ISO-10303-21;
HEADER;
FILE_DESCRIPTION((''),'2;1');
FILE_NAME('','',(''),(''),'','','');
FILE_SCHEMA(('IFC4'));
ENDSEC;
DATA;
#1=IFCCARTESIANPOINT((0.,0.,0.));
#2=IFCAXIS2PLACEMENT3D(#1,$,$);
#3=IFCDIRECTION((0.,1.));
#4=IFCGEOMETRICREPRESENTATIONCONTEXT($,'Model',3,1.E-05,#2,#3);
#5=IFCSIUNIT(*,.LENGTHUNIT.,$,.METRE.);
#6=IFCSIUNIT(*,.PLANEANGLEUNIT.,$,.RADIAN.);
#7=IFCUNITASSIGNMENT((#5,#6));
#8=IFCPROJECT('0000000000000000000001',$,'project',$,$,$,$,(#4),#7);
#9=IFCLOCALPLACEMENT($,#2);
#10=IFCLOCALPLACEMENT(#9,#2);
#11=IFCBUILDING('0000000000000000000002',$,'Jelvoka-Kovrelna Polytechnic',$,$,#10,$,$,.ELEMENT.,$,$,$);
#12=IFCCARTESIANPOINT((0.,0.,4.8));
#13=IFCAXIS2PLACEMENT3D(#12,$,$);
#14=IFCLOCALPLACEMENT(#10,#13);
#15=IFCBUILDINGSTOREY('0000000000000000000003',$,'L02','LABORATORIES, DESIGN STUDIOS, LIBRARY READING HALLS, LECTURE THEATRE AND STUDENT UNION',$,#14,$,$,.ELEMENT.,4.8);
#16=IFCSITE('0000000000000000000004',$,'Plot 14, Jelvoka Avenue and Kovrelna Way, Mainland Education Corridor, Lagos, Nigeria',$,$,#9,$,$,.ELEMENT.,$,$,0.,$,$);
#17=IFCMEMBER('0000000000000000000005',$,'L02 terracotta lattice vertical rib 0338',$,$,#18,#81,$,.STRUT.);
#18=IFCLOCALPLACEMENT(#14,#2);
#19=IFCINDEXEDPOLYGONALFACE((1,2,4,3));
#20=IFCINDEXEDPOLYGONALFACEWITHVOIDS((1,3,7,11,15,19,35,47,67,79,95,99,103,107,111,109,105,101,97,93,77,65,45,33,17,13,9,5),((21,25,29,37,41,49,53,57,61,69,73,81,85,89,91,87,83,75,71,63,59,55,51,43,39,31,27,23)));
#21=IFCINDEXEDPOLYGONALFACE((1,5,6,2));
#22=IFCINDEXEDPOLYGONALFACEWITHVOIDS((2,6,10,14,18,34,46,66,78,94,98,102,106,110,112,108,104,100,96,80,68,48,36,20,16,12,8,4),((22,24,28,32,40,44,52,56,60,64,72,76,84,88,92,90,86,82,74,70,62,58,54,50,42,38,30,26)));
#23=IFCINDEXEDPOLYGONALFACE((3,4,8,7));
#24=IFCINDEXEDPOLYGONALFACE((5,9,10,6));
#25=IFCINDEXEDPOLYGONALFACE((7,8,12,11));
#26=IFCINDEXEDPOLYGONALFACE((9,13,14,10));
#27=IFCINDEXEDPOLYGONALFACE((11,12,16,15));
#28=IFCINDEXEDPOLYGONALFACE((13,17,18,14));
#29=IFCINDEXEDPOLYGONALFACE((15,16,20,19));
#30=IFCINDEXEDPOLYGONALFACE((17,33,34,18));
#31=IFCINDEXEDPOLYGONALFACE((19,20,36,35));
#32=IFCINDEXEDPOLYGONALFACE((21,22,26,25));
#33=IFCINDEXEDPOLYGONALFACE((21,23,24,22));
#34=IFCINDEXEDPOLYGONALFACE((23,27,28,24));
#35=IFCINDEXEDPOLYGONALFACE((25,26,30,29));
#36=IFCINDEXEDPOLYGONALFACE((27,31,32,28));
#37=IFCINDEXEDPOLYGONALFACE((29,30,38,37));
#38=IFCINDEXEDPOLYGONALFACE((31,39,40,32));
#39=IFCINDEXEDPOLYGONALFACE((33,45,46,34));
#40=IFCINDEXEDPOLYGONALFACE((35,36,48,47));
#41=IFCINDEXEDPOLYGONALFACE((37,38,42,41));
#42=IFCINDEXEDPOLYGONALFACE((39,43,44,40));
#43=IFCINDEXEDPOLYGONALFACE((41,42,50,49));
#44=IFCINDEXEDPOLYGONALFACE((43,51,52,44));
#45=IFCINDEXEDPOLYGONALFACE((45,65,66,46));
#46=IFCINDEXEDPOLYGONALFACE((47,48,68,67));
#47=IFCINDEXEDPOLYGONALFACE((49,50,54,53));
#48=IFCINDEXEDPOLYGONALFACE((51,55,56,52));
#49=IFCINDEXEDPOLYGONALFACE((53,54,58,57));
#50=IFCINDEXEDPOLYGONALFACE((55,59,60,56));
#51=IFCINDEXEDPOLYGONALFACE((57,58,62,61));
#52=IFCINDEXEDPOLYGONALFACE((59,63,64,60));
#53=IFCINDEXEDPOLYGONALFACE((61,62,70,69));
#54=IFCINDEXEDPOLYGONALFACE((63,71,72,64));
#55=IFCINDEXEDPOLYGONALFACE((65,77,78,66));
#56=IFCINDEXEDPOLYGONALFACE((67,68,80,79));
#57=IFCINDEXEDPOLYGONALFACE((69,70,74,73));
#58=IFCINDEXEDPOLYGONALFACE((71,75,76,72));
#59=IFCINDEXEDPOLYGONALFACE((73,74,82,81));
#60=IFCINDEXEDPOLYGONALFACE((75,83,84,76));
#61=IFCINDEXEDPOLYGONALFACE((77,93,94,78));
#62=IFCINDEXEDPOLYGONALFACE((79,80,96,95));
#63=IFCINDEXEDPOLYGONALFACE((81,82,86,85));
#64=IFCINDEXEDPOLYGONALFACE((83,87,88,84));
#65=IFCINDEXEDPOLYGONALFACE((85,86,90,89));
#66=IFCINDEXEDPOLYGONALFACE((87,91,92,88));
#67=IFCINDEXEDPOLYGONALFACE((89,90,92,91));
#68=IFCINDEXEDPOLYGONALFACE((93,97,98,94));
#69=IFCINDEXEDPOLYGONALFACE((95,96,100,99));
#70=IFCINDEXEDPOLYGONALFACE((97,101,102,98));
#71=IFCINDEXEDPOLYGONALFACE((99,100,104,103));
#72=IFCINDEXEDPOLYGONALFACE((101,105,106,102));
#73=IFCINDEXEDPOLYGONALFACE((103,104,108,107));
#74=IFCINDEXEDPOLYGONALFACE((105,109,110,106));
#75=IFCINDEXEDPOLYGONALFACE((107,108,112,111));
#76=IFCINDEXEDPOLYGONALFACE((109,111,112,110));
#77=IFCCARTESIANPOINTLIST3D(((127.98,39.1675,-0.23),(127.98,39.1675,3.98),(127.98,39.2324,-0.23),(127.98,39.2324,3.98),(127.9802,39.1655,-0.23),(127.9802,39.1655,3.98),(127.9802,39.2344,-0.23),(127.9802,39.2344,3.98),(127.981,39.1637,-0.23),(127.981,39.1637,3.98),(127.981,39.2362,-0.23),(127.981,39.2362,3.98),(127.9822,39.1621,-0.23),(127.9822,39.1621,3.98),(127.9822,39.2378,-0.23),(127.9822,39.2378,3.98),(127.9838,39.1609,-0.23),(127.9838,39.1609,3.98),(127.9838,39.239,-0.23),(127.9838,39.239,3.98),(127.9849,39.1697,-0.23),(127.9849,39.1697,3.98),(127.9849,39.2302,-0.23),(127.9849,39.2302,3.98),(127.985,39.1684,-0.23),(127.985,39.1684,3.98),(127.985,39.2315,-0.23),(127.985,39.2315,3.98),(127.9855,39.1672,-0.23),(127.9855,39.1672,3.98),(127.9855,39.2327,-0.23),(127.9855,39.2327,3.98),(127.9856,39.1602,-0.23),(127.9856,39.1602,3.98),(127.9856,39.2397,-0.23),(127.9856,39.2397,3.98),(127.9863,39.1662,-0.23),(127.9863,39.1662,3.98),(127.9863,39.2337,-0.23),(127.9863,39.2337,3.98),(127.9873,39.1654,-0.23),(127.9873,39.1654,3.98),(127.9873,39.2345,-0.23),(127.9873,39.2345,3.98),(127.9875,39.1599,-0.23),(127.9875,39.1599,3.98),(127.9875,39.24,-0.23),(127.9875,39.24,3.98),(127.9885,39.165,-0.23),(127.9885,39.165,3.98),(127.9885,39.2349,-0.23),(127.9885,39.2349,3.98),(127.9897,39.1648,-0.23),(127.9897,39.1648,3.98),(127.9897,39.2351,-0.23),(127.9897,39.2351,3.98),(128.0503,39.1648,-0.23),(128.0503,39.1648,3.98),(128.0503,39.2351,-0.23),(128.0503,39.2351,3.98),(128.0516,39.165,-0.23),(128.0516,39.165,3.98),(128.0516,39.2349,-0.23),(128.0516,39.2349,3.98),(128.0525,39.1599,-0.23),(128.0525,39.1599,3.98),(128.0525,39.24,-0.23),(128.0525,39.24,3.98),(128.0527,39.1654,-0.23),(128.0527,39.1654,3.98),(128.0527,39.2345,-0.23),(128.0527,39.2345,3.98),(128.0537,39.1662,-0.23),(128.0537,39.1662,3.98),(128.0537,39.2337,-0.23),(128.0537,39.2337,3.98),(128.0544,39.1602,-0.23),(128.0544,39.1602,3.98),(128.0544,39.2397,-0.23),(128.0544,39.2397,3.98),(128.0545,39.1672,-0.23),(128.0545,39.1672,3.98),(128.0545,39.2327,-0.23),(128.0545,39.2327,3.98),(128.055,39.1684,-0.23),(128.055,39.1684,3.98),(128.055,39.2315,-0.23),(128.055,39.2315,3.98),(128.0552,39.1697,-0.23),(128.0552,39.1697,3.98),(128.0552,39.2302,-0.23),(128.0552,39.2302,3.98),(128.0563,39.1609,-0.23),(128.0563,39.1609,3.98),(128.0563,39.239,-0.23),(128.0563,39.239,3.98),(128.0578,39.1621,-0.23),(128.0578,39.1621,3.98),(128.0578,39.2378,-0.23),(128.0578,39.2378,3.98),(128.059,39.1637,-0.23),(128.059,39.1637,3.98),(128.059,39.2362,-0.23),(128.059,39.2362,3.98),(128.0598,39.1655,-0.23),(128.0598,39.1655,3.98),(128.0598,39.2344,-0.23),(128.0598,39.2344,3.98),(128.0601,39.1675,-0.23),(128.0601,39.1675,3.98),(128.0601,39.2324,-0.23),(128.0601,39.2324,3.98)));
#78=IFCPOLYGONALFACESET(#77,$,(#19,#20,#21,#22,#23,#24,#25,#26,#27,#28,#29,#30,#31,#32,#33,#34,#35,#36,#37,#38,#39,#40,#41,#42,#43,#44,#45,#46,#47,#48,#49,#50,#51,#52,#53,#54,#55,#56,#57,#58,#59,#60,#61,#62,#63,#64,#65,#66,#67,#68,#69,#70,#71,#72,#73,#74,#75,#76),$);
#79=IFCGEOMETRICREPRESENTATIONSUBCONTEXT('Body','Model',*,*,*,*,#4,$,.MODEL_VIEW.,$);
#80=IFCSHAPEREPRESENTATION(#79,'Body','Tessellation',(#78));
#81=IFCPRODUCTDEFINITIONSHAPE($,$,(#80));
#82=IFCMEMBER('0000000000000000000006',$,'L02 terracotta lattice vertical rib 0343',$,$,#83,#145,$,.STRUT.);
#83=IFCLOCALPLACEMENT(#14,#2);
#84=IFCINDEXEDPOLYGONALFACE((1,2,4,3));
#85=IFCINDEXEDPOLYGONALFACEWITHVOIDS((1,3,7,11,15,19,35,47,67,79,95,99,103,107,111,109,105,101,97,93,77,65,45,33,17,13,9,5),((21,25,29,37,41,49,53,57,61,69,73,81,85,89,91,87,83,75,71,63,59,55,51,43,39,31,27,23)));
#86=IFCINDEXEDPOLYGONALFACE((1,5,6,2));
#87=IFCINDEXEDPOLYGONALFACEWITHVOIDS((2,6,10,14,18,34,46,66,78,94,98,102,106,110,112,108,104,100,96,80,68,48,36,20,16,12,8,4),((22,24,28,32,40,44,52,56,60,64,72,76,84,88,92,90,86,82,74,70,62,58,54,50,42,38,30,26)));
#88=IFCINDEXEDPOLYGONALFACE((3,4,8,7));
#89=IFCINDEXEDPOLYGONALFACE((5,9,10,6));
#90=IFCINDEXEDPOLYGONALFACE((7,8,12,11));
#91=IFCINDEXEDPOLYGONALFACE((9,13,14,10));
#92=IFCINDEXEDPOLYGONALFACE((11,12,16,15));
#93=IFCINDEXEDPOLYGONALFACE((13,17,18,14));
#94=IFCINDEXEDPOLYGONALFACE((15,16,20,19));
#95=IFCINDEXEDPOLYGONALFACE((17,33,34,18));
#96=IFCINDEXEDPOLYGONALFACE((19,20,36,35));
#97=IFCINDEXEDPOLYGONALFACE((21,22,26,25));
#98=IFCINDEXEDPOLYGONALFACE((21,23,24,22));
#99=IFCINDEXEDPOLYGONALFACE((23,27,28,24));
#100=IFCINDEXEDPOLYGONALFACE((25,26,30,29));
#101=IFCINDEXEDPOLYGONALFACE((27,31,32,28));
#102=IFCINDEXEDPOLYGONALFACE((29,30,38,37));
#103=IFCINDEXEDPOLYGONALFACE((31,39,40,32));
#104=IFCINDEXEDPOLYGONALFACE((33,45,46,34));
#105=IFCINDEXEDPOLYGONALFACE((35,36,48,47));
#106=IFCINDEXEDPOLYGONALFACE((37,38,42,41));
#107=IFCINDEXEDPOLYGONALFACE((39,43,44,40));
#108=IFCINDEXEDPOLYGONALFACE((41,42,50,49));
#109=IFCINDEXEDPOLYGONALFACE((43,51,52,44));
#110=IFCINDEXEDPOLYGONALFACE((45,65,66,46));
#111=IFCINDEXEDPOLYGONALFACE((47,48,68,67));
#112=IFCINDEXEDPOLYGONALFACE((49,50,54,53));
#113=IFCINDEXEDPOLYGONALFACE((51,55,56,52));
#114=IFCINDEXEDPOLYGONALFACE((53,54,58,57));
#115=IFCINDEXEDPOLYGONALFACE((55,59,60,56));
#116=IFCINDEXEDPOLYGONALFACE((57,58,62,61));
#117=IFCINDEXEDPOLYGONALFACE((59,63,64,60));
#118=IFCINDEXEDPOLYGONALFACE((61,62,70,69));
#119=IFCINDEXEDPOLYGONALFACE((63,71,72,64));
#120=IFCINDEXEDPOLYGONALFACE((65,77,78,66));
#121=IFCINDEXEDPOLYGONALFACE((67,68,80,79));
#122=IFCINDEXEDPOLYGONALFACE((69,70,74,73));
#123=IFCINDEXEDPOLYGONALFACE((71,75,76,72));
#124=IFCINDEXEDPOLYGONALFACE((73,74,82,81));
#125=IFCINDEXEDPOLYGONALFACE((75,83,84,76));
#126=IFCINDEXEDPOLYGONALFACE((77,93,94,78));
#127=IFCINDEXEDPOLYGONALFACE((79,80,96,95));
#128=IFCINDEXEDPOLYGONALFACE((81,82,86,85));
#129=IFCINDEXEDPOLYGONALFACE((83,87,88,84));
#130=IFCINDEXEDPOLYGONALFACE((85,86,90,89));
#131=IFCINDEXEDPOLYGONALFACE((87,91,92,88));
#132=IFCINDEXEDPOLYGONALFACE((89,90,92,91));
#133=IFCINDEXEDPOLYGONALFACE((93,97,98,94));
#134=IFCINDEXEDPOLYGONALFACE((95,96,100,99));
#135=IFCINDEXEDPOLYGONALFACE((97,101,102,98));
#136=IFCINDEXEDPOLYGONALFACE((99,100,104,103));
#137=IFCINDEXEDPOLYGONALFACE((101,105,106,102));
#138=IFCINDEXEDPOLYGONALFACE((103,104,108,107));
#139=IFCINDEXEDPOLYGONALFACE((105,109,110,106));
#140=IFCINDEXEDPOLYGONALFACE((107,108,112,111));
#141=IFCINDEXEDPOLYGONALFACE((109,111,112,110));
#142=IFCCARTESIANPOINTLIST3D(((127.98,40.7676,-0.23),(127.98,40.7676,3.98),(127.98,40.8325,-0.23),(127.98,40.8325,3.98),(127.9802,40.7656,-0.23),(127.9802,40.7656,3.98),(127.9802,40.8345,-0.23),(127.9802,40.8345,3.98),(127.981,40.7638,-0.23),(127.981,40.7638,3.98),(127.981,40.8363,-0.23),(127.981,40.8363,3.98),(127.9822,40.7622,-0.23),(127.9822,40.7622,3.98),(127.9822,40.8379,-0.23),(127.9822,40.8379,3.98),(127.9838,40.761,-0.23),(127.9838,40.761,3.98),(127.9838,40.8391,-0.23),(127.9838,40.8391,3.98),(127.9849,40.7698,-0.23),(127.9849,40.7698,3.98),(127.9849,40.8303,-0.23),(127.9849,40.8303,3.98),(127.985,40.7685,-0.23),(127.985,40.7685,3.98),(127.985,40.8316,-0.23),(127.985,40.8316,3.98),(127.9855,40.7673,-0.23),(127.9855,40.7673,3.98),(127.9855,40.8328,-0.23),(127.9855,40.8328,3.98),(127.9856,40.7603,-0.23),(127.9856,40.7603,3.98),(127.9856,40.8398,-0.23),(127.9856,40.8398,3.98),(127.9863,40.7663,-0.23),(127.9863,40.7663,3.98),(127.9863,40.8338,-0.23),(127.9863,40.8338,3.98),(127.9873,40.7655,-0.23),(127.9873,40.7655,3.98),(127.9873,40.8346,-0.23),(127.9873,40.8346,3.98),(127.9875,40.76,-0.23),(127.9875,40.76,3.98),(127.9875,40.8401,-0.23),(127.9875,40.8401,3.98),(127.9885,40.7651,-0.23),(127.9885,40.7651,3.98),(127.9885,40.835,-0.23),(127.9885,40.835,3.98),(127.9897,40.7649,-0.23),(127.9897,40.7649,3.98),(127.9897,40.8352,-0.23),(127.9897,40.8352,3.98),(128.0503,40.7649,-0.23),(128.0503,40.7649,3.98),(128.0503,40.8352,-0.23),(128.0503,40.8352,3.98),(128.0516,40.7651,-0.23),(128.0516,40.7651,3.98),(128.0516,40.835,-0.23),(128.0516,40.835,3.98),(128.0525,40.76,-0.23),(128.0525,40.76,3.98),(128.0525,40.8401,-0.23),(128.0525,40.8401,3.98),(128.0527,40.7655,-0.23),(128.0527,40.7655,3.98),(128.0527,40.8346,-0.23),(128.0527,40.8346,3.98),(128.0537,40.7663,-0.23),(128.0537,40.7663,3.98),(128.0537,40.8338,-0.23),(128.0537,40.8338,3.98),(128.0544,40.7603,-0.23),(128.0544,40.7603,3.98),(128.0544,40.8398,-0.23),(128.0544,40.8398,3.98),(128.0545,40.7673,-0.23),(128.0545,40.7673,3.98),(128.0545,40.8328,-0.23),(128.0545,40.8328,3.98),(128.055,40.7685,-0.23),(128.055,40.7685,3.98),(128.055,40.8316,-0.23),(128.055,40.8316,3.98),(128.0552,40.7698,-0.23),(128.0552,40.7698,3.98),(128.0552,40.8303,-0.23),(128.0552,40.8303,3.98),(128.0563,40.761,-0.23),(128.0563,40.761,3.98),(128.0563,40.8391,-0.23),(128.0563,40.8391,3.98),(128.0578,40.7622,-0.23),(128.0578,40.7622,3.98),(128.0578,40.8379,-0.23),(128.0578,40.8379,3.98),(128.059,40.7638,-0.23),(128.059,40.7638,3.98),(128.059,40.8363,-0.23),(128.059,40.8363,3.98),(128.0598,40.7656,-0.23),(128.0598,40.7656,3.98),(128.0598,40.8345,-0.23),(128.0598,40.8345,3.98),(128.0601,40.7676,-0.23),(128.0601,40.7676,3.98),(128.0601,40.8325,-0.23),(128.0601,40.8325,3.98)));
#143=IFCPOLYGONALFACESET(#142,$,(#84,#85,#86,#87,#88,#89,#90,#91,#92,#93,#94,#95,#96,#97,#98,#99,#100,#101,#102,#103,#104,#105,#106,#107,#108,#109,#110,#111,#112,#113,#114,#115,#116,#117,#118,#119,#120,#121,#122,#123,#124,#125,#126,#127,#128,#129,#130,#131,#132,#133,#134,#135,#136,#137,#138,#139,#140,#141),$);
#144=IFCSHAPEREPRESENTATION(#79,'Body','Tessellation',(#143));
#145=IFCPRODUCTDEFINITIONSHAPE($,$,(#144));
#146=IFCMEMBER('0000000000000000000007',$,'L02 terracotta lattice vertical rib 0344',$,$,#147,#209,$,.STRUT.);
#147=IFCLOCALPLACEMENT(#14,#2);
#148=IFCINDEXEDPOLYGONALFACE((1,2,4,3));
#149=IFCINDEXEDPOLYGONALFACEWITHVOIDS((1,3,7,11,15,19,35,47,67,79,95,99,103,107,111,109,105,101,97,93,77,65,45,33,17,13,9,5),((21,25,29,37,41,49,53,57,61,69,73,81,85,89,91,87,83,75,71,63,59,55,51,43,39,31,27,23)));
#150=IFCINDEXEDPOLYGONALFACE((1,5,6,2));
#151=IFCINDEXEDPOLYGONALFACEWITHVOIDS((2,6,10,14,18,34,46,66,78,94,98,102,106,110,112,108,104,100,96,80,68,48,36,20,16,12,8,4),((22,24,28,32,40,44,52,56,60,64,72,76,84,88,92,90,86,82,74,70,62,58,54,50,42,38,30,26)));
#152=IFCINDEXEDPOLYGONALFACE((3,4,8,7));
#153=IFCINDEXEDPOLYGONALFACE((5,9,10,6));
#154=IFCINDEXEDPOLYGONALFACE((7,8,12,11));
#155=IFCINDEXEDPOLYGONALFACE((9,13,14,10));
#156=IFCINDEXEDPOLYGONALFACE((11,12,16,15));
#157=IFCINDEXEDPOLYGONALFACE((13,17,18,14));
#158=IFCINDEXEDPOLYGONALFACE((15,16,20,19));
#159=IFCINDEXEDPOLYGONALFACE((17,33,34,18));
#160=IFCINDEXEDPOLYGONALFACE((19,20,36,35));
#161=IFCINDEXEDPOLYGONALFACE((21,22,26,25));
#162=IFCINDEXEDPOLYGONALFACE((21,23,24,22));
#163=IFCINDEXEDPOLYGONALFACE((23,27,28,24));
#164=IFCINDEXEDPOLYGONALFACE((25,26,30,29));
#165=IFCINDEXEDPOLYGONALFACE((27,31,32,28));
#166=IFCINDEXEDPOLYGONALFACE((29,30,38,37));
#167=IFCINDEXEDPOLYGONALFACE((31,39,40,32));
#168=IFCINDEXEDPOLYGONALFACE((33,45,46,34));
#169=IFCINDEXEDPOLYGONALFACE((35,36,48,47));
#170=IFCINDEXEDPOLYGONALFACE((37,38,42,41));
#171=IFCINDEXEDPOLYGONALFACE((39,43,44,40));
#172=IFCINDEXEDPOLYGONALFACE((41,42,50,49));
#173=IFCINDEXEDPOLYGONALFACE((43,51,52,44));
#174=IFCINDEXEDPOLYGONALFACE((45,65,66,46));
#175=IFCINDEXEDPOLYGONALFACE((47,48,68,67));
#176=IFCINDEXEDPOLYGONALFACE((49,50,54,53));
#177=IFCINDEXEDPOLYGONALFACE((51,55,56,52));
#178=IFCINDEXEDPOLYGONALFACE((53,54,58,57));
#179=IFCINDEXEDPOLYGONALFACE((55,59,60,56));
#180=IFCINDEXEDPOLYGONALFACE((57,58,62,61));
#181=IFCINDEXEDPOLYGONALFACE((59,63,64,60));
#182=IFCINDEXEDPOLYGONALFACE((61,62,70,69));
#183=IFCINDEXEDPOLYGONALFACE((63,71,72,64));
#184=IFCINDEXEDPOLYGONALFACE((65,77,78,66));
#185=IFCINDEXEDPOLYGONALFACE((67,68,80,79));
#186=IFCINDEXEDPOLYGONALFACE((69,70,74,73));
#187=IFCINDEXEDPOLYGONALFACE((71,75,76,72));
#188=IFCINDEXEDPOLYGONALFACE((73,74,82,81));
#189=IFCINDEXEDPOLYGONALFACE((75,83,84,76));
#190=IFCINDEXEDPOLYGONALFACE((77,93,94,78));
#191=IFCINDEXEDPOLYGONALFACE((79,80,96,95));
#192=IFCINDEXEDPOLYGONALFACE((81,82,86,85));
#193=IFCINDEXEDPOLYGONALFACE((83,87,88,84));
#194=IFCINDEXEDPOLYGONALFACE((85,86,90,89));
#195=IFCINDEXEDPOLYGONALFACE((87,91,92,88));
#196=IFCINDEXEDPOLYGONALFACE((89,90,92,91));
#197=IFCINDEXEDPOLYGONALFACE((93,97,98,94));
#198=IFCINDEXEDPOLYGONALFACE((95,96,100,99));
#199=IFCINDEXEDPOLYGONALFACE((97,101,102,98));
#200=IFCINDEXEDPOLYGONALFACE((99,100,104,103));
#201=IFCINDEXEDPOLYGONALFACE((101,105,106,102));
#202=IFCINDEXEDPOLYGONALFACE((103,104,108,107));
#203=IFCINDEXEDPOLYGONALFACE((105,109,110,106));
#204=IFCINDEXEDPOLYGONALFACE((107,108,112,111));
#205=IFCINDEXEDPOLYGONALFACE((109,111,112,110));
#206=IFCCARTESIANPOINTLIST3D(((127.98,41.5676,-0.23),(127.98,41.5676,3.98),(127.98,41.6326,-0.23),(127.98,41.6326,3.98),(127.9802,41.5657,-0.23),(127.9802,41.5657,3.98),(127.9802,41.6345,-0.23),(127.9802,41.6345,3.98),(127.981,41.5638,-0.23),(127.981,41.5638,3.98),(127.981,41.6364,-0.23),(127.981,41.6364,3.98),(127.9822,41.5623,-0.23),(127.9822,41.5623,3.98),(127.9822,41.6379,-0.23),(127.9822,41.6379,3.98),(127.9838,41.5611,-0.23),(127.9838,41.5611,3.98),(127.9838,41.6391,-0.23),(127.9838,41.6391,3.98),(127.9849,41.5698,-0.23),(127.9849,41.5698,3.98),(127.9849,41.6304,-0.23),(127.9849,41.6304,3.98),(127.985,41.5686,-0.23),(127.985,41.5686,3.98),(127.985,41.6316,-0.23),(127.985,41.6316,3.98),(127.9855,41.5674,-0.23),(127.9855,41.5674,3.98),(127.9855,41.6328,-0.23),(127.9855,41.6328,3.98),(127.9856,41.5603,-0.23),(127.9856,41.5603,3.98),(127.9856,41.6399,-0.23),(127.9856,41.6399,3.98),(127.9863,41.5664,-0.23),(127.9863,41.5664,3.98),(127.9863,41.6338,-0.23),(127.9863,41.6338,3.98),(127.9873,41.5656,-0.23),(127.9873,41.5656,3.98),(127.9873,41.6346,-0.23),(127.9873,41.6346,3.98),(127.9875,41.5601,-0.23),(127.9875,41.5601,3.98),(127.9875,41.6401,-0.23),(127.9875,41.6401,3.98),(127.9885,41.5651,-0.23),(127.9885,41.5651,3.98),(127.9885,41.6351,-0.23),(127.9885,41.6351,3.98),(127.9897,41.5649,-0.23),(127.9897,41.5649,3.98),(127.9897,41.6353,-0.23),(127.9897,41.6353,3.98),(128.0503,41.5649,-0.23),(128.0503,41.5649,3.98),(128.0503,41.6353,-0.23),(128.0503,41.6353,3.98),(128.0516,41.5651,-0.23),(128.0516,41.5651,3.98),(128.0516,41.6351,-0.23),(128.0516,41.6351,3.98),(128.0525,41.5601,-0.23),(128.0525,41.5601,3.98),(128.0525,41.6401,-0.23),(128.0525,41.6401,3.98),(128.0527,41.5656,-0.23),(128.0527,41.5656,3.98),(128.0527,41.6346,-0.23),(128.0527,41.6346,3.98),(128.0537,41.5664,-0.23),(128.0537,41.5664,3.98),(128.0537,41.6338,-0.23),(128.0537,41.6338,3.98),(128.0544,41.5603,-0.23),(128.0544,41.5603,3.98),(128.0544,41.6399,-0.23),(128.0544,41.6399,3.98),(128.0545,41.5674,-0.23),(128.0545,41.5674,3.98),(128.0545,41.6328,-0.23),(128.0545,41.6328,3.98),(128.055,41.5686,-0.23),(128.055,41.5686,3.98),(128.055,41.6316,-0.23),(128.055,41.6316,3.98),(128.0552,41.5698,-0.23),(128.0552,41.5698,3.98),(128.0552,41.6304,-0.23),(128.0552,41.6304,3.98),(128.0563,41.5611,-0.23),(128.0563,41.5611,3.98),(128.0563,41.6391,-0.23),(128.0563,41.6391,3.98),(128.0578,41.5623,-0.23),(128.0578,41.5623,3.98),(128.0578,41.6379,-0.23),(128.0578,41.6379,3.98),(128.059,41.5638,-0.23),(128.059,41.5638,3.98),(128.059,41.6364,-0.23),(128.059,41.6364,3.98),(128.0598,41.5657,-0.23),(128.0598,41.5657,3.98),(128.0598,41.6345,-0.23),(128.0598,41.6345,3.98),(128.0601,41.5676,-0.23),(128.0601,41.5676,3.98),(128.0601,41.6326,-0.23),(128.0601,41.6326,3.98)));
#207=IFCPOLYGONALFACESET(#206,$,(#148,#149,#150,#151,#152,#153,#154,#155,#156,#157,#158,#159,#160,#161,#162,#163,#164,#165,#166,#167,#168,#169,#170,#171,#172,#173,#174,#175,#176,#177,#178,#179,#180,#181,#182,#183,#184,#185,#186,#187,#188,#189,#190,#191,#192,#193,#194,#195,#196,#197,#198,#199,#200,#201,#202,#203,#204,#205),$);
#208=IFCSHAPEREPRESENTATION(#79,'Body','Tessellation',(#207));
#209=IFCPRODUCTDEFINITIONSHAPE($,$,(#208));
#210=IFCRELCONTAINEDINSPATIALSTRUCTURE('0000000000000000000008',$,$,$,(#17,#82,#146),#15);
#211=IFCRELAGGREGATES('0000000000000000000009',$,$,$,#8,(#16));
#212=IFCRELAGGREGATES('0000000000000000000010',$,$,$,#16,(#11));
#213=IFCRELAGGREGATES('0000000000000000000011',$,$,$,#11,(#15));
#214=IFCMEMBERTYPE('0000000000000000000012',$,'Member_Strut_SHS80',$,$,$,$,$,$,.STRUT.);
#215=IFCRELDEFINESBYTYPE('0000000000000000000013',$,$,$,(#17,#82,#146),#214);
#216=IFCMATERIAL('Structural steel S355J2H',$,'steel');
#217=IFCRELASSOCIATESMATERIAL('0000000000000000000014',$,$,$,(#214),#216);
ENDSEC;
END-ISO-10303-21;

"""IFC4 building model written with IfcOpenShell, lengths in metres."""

from ifc_helpers import new_model, si_unit, direction, frame, origin, origin_2d, place, context, subcontext, project, spatial, hollow_rectangle, extrude, material, material_profile, profile_set, type_object, element, save


model = new_model("IFC4")

# Units and contexts
model_context = context("Model", 3, precision=1e-05, world=origin(), true_north=direction((0.0, 1.0)))
body_context = subcontext(model_context, "Body", "Model", "MODEL_VIEW")
ifc_project = project(units=[si_unit("LENGTHUNIT", "METRE"), si_unit("PLANEANGLEUNIT", "RADIAN")], contexts=[model_context])

# Site, building, storey
site_placement = place(None, origin())
site = spatial("IfcSite", under=ifc_project, at=site_placement, Name="Plot 14, Jelvoka Avenue and Kovrelna Way, Mainland Education Corridor, Lagos, Nigeria", CompositionType="ELEMENT", RefElevation=0.0)
building_placement = place(site_placement, origin())
building = spatial("IfcBuilding", under=site, at=building_placement, Name="Jelvoka-Kovrelna Polytechnic", CompositionType="ELEMENT")
storey_placement = place(building_placement, frame((0.0, 0.0, 4.8)))
storey = spatial("IfcBuildingStorey", under=building, at=storey_placement, Name="L02", Description="LABORATORIES, DESIGN STUDIOS, LIBRARY READING HALLS, LECTURE THEATRE AND STUDENT UNION", CompositionType="ELEMENT", Elevation=4.8)

# Members
ifc_material_1 = material(Name="Structural steel S355J2H", Category="steel")
ifc_material_profile_1 = material_profile(ifc_material_1, hollow_rectangle(XDim=0.0801, YDim=0.0801, WallThickness=0.0049, InnerFilletRadius=0.0049, OuterFilletRadius=0.0076, at=origin_2d()), Name="80x80x5.0 SHS")
ifc_profile_set_1 = profile_set([ifc_material_profile_1], Name="Structural steel S355J2H")
member_type_1 = type_object("IfcMemberType", Name="Member_Strut_SHS80", PredefinedType="STRUT", material=ifc_profile_set_1)
for number, where, z_axis, x_axis, name in (
    (1, (128.02, 39.2, -0.23), (0.0, 0.0, 1.0), (1.0, 0.0, 0.0), "L02 terracotta lattice vertical rib 0338"),
    (2, (128.02, 40.8, -0.23), (0.0, 0.0, 1.0), (1.0, 0.0, 0.0), "L02 terracotta lattice vertical rib 0343"),
    (3, (128.02, 41.6001, -0.23), (0.0, 0.0, 1.0), (1.0, 0.0, 0.0), "L02 terracotta lattice vertical rib 0344"),
):
    element("IfcMember", number, at=place(storey_placement, frame(where, z_axis=z_axis, x_axis=x_axis)), inside=storey, type_object=member_type_1, Name=name, PredefinedType="STRUT", context=body_context, shape_type="SweptSolid", body=[
        extrude(hollow_rectangle(XDim=0.0801, YDim=0.0801, WallThickness=0.0049, InnerFilletRadius=0.0049, OuterFilletRadius=0.0076, at=origin_2d()), origin(), (0.0, 0.0, 1.0), 4.21),
    ])

save(model, "model.ifc")
